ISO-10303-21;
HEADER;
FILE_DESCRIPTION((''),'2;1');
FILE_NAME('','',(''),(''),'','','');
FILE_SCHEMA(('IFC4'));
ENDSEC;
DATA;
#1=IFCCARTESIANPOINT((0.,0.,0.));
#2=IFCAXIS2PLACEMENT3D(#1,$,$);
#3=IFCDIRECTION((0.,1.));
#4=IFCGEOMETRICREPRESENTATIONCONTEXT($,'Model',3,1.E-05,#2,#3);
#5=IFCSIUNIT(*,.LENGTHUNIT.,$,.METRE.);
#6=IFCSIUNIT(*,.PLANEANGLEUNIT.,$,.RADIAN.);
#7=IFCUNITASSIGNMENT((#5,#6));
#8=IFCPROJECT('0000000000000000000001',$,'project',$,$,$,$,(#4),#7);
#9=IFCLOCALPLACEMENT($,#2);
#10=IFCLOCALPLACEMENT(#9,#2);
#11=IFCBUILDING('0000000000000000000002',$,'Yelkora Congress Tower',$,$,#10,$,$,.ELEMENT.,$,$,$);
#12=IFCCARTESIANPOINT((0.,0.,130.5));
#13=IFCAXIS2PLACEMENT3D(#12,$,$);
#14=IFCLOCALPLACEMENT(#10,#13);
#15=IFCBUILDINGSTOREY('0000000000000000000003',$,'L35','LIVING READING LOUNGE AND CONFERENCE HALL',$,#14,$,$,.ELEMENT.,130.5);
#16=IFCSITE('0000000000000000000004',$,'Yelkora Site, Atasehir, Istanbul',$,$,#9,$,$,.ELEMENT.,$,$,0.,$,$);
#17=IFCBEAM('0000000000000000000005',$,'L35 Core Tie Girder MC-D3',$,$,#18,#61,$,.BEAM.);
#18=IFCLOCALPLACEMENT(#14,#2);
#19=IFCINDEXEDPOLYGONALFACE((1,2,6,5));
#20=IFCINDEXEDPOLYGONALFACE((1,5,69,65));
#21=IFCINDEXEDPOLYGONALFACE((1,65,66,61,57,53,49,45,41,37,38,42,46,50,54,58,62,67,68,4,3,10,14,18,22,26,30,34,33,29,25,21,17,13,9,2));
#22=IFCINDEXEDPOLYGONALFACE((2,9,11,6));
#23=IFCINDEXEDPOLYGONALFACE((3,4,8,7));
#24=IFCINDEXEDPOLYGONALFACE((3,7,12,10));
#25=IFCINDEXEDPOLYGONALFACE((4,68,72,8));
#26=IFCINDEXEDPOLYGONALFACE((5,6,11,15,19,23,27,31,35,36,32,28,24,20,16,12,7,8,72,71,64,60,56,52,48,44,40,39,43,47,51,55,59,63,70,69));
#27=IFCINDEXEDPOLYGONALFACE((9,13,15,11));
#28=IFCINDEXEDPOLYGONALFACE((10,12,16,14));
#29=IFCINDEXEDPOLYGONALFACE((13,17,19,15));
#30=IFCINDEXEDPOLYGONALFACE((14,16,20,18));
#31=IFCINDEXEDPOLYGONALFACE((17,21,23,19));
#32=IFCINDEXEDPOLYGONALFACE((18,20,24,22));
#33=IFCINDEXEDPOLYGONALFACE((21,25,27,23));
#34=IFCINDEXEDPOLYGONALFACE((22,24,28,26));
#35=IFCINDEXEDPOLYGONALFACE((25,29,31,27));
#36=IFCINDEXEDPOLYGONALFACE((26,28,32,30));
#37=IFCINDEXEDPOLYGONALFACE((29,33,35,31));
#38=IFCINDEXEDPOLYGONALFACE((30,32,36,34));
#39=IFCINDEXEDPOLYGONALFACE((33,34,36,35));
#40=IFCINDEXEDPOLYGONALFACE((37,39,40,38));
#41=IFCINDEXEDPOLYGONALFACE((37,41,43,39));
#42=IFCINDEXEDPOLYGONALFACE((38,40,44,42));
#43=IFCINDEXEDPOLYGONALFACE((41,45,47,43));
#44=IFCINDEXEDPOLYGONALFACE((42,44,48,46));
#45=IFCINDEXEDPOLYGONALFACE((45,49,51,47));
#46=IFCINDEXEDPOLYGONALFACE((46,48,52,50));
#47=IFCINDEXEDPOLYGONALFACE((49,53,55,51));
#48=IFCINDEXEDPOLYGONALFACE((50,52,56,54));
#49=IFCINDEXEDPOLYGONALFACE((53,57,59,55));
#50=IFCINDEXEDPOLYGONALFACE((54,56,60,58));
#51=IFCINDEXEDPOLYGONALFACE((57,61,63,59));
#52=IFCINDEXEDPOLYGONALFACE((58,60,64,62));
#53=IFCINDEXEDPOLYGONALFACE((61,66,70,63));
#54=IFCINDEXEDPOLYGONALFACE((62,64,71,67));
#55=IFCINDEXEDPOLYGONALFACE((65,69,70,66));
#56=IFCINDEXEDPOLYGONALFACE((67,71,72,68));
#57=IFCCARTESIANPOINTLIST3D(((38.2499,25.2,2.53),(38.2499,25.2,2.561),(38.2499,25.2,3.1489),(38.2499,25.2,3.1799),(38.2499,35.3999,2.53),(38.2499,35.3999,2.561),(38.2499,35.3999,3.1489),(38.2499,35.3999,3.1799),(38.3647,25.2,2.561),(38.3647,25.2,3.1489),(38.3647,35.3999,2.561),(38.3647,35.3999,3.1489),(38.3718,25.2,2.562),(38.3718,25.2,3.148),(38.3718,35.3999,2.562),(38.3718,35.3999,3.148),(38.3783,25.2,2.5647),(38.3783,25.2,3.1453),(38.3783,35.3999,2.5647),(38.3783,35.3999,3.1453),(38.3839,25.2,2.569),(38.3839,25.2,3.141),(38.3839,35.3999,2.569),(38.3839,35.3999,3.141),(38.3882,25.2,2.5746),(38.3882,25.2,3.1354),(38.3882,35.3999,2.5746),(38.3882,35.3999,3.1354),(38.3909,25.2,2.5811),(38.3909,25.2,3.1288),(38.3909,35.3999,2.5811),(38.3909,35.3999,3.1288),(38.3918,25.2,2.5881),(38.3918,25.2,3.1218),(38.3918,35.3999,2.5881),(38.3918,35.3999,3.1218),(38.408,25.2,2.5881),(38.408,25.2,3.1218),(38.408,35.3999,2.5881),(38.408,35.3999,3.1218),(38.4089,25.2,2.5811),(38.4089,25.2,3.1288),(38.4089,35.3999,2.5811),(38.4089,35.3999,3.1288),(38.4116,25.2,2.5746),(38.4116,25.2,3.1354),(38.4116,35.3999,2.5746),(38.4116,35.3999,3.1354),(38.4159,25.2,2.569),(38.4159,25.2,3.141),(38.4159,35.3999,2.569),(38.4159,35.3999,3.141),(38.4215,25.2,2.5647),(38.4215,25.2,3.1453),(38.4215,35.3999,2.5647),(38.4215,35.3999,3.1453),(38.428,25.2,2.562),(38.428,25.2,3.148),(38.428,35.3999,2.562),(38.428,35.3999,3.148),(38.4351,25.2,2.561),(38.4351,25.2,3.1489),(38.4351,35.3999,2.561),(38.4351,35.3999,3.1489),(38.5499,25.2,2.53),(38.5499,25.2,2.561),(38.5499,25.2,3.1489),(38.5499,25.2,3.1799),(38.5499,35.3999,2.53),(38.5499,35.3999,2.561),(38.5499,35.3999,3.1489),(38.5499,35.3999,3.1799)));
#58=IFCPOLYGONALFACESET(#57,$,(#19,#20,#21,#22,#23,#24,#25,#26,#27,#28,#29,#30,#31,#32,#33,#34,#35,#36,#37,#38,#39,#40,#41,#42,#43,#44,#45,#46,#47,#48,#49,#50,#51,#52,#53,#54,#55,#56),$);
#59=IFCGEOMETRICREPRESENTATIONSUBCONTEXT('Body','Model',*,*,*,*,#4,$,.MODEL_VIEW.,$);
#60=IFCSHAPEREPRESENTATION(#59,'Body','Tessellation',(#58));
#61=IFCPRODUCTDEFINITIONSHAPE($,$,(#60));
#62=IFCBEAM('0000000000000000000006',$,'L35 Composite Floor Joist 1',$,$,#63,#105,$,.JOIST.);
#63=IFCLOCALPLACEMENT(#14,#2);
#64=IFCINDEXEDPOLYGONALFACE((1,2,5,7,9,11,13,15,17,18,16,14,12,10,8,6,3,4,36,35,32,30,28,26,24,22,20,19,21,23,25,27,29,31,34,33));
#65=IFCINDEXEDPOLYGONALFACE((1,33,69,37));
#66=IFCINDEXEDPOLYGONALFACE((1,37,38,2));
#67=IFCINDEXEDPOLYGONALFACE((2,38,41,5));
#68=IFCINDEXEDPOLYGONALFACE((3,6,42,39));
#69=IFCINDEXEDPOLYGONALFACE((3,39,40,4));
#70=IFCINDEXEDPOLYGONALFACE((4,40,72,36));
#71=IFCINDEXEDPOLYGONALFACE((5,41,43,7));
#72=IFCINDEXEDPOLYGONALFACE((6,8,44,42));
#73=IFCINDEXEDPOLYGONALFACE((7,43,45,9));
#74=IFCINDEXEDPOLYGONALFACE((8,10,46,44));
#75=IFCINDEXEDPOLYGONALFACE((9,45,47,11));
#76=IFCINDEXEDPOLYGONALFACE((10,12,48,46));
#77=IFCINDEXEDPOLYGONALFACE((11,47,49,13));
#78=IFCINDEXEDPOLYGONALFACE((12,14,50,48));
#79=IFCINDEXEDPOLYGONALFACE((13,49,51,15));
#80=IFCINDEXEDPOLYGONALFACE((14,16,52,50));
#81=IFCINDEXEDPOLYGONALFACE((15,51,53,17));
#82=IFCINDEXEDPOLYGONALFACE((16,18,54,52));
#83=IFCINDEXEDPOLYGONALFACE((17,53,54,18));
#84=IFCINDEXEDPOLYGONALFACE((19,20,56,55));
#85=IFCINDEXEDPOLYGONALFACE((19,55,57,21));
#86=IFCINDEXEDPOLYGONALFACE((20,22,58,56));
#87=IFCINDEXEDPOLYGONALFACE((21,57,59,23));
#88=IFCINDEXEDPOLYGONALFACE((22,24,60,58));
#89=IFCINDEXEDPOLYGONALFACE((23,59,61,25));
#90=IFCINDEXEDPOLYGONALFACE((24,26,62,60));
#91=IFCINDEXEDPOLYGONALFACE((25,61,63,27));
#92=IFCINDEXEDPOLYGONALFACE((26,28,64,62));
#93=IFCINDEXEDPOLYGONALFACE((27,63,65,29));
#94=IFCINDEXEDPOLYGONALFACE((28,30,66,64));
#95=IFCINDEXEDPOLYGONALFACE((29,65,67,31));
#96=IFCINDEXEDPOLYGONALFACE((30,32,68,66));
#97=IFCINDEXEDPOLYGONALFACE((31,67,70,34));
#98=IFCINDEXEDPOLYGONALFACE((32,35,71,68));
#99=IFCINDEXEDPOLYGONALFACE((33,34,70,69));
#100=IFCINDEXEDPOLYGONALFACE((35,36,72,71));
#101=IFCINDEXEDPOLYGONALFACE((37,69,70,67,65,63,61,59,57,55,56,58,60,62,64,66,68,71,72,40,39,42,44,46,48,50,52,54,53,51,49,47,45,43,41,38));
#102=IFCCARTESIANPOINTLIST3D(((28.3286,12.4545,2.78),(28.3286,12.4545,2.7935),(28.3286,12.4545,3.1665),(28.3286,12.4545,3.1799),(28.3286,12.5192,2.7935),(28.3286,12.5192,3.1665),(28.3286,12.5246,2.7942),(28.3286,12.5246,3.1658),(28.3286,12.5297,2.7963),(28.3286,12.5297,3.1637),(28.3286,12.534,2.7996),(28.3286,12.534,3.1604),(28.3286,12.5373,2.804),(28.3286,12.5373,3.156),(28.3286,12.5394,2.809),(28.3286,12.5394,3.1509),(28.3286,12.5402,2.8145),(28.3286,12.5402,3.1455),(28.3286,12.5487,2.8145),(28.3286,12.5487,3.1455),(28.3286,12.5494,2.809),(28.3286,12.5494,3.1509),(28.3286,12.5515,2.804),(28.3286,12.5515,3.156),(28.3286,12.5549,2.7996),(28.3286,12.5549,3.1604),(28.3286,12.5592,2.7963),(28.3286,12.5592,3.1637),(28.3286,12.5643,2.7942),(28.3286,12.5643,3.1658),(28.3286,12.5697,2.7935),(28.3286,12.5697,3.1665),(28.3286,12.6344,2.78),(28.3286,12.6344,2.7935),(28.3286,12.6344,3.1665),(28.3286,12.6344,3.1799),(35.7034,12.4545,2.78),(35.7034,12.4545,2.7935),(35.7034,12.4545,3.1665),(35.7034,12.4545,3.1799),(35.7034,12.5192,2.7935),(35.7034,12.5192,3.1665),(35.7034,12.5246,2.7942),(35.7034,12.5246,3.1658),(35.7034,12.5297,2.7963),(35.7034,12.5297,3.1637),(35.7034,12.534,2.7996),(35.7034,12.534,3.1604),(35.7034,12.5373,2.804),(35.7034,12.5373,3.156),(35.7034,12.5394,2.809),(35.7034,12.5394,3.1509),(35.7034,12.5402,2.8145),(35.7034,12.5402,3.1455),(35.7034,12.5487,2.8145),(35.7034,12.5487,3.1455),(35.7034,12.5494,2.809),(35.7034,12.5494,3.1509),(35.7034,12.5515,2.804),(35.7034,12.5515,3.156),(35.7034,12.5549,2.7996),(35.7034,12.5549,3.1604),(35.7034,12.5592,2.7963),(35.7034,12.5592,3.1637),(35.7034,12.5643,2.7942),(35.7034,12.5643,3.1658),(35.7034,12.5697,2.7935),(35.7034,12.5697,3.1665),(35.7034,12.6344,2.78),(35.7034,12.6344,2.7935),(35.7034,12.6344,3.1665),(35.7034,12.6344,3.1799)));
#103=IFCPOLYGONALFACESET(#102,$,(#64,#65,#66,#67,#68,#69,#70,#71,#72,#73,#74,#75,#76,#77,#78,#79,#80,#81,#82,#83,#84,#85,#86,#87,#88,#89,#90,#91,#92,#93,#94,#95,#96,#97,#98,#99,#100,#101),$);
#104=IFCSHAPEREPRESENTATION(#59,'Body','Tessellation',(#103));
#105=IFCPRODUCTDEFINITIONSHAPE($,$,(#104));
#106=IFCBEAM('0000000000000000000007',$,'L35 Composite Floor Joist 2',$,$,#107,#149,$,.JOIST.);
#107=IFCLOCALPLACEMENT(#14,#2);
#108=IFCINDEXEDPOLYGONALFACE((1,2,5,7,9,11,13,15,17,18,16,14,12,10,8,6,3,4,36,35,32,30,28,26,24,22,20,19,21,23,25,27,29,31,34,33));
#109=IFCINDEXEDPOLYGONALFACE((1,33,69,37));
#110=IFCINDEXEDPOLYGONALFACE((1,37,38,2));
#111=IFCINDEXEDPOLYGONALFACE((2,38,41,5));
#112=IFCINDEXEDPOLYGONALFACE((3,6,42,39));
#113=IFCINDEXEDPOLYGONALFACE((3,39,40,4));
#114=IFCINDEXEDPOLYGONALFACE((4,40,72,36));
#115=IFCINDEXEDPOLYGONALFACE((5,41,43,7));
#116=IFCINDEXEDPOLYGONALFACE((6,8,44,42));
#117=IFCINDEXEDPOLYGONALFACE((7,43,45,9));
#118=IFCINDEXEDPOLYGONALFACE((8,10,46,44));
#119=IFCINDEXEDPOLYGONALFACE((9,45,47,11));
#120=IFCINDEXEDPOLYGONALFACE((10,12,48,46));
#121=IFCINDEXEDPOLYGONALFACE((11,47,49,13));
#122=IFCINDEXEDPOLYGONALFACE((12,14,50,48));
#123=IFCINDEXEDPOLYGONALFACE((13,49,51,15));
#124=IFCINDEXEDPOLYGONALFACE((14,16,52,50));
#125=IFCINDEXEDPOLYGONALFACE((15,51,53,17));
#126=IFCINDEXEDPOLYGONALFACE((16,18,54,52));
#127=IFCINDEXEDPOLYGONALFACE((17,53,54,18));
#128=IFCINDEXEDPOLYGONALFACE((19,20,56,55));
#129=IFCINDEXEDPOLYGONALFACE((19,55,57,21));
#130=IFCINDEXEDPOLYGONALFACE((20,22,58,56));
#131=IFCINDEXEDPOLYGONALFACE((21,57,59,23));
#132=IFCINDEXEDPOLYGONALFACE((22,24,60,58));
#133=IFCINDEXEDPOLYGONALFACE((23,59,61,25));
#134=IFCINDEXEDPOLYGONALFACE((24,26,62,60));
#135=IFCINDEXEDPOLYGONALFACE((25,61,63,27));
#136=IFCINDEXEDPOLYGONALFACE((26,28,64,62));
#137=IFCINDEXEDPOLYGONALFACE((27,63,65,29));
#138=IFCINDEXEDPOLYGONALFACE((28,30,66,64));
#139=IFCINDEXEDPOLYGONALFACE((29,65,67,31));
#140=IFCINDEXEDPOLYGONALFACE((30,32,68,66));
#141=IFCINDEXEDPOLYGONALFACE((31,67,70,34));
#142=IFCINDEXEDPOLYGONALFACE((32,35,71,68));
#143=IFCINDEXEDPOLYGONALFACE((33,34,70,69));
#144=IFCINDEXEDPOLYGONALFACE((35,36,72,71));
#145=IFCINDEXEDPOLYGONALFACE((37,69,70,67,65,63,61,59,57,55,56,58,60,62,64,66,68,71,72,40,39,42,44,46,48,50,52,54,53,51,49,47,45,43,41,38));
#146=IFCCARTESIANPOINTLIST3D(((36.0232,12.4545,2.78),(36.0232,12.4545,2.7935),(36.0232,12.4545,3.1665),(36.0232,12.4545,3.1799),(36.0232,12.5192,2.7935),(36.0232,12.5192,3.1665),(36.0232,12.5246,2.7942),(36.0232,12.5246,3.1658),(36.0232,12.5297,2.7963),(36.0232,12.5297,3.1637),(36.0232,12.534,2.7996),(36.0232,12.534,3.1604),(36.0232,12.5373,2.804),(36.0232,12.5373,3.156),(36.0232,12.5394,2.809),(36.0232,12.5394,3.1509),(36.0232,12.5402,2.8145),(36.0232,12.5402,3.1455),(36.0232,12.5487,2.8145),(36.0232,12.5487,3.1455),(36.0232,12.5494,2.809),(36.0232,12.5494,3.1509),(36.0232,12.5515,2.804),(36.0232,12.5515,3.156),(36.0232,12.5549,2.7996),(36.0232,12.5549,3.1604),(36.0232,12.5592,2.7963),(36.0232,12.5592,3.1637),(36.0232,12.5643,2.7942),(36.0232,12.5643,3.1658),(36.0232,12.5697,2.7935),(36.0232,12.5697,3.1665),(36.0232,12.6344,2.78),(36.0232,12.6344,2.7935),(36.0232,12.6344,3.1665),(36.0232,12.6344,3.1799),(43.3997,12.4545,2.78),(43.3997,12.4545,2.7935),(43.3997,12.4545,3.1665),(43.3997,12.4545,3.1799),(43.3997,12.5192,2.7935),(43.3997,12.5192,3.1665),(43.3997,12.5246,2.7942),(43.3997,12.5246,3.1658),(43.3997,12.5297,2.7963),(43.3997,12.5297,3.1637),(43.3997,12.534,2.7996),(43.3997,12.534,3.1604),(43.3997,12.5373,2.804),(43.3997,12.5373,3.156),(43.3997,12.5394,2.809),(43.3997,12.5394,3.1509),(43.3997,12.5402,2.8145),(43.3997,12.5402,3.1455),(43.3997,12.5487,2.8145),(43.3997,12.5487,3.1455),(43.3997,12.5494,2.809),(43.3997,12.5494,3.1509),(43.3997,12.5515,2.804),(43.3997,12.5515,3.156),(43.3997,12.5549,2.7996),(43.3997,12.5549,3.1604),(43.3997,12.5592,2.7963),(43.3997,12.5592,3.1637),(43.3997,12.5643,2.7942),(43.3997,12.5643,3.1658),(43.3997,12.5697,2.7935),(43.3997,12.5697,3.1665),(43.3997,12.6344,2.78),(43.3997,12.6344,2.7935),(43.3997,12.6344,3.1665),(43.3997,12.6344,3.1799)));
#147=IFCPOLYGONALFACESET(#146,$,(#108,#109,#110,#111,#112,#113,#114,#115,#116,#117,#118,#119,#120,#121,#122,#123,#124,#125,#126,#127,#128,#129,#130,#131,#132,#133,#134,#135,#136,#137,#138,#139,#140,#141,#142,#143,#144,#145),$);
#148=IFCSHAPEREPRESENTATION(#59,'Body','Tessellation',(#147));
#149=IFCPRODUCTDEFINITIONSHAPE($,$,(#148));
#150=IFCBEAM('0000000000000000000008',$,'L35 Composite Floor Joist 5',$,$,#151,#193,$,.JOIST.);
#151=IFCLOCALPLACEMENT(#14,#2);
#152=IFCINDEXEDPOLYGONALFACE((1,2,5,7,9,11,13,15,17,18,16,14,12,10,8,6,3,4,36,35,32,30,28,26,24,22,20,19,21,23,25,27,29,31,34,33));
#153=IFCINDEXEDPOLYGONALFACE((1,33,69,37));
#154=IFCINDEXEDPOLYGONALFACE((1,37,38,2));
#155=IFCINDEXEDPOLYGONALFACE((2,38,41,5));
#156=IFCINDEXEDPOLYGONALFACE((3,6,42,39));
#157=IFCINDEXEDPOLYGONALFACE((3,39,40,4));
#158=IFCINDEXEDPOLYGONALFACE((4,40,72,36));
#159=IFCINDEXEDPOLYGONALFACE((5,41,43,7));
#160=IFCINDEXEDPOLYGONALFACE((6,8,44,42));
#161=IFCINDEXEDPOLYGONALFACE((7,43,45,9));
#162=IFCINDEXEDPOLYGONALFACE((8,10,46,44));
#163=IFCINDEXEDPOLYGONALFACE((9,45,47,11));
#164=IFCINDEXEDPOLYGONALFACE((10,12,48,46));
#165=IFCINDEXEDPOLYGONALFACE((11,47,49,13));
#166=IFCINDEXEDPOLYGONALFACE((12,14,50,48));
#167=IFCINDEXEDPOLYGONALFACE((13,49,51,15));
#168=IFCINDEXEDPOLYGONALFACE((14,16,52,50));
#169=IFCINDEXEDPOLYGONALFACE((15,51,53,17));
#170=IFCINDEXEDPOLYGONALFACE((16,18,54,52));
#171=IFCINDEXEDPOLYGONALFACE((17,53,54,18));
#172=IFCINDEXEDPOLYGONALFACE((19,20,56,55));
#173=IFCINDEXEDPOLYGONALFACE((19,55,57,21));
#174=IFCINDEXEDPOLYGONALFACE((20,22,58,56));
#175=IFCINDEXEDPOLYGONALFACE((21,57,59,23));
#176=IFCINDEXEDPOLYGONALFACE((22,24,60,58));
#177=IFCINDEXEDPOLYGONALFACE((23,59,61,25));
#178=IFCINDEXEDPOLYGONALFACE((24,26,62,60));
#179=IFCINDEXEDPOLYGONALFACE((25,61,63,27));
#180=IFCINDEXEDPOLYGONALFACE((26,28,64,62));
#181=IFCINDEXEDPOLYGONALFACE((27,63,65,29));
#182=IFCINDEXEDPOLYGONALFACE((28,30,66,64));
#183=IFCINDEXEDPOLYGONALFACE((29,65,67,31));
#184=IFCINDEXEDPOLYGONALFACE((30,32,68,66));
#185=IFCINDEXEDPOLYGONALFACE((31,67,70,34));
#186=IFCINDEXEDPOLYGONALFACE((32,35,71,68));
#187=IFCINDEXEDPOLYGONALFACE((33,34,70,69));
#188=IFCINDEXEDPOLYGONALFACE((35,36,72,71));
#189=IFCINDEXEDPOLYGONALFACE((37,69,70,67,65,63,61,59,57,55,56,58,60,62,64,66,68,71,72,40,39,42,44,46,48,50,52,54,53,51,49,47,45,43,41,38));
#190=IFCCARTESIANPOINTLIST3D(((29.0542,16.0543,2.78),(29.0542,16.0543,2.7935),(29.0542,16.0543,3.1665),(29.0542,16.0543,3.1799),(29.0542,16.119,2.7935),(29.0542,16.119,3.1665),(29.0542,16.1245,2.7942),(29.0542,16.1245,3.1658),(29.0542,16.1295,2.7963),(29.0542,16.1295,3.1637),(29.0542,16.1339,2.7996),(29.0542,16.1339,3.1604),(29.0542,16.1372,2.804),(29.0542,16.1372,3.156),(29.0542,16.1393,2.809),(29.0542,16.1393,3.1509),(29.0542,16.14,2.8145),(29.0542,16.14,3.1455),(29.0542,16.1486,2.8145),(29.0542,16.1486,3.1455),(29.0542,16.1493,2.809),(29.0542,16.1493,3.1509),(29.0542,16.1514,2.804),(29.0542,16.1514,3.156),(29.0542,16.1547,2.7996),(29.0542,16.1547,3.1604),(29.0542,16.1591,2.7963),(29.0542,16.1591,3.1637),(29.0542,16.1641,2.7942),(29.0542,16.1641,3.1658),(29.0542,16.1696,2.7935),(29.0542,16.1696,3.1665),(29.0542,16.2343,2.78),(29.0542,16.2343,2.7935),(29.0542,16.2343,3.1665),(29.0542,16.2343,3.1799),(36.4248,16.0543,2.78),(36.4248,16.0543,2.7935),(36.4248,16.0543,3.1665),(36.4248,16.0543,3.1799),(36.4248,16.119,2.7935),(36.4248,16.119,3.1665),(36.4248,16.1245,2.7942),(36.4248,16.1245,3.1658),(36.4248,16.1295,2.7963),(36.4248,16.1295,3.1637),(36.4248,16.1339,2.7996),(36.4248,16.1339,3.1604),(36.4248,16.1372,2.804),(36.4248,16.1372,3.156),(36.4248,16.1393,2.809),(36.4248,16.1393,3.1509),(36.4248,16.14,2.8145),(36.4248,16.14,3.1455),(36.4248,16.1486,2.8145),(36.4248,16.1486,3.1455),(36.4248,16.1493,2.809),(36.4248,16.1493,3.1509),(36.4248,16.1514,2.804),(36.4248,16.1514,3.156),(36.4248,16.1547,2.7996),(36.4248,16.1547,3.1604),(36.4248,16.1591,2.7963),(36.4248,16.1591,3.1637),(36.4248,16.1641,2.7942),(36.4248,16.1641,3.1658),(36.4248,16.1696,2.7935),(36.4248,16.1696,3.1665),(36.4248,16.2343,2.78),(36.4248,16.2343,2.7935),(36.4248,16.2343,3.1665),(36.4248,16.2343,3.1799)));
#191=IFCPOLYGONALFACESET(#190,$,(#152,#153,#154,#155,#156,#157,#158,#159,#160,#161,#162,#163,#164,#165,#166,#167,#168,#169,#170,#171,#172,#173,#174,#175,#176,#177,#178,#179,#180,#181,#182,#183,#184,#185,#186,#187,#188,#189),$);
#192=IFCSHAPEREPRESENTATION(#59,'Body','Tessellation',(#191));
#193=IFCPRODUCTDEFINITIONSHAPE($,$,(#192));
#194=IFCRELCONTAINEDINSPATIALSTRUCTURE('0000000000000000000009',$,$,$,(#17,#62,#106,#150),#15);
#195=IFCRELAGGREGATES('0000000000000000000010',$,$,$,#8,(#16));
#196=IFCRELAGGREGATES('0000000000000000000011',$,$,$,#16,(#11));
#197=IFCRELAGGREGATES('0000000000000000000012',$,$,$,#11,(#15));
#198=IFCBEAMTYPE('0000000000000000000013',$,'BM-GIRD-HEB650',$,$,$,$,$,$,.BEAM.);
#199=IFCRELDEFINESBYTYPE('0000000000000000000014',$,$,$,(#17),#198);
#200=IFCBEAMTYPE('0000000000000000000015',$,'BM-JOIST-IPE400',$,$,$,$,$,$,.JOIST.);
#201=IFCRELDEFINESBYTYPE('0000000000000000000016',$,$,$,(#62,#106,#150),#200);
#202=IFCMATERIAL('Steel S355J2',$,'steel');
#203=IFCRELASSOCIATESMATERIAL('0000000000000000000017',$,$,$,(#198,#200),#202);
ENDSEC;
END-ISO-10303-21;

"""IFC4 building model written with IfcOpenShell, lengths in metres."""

from ifc_helpers import new_model, si_unit, direction, frame, origin, origin_2d, place, context, subcontext, project, spatial, i_section, extrude, material, material_profile, profile_set, type_object, element, save


model = new_model("IFC4")

# Units and contexts
model_context = context("Model", 3, precision=1e-05, world=origin(), true_north=direction((0.0, 1.0)))
body_context = subcontext(model_context, "Body", "Model", "MODEL_VIEW")
ifc_project = project(units=[si_unit("LENGTHUNIT", "METRE"), si_unit("PLANEANGLEUNIT", "RADIAN")], contexts=[model_context])

# Site, building, storey
site_placement = place(None, origin())
site = spatial("IfcSite", under=ifc_project, at=site_placement, Name="Yelkora Site, Atasehir, Istanbul", CompositionType="ELEMENT", RefElevation=0.0)
building_placement = place(site_placement, origin())
building = spatial("IfcBuilding", under=site, at=building_placement, Name="Yelkora Congress Tower", CompositionType="ELEMENT")
storey_placement = place(building_placement, frame((0.0, 0.0, 130.5)))
storey = spatial("IfcBuildingStorey", under=building, at=storey_placement, Name="L35", Description="LIVING READING LOUNGE AND CONFERENCE HALL", CompositionType="ELEMENT", Elevation=130.5)

# Beams
ifc_material_1 = material(Name="Steel S355J2", Category="steel")
ifc_material_profile_1 = material_profile(ifc_material_1, i_section(OverallWidth=0.3, OverallDepth=0.6499, WebThickness=0.0161, FlangeThickness=0.031, FilletRadius=0.0271, at=origin_2d()), Name="HEB 650")
ifc_profile_set_1 = profile_set([ifc_material_profile_1], Name="Steel S355J2")
beam_type_1 = type_object("IfcBeamType", Name="BM-GIRD-HEB650", PredefinedType="BEAM", material=ifc_profile_set_1)
for number, where, z_axis, x_axis, name in (
    (1, (38.3999, 25.2, 2.855), (0.0, 1.0, 0.0), (-1.0, 0.0, 0.0), "L35 Core Tie Girder MC-D3"),
):
    element("IfcBeam", number, at=place(storey_placement, frame(where, z_axis=z_axis, x_axis=x_axis)), inside=storey, type_object=beam_type_1, Name=name, PredefinedType="BEAM", context=body_context, shape_type="SweptSolid", body=[
        extrude(i_section(OverallWidth=0.3, OverallDepth=0.6499, WebThickness=0.0161, FlangeThickness=0.031, FilletRadius=0.0271, at=origin_2d()), origin(), (0.0, 0.0, 1.0), 10.2),
    ])
ifc_material_profile_2 = material_profile(ifc_material_1, i_section(OverallWidth=0.1799, OverallDepth=0.3999, WebThickness=0.0085, FlangeThickness=0.0134, FilletRadius=0.021, at=origin_2d()), Name="IPE 400")
ifc_profile_set_2 = profile_set([ifc_material_profile_2], Name="Steel S355J2")
beam_type_2 = type_object("IfcBeamType", Name="BM-JOIST-IPE400", PredefinedType="JOIST", material=ifc_profile_set_2)
beam_1_placement = place(storey_placement, frame((28.3286, 12.5444, 2.98), z_axis=(1.0, 0.0, 0.0), x_axis=(0.0, 1.0, 0.0)))
element("IfcBeam", 2, at=beam_1_placement, inside=storey, type_object=beam_type_2, Name="L35 Composite Floor Joist 1", PredefinedType="JOIST", context=body_context, shape_type="SweptSolid", body=[
    extrude(i_section(OverallWidth=0.1799, OverallDepth=0.3999, WebThickness=0.0085, FlangeThickness=0.0134, FilletRadius=0.021, at=origin_2d()), origin(), (0.0, 0.0, 1.0), 7.3748),
])
beam_2_placement = place(storey_placement, frame((36.0232, 12.5444, 2.98), z_axis=(1.0, 0.0, 0.0), x_axis=(0.0, 1.0, 0.0)))
element("IfcBeam", 3, at=beam_2_placement, inside=storey, type_object=beam_type_2, Name="L35 Composite Floor Joist 2", PredefinedType="JOIST", context=body_context, shape_type="SweptSolid", body=[
    extrude(i_section(OverallWidth=0.1799, OverallDepth=0.3999, WebThickness=0.0085, FlangeThickness=0.0134, FilletRadius=0.021, at=origin_2d()), origin(), (0.0, 0.0, 1.0), 7.3765),
])
beam_3_placement = place(storey_placement, frame((29.0542, 16.1443, 2.98), z_axis=(1.0, 0.0, 0.0), x_axis=(0.0, 1.0, 0.0)))
element("IfcBeam", 4, at=beam_3_placement, inside=storey, type_object=beam_type_2, Name="L35 Composite Floor Joist 5", PredefinedType="JOIST", context=body_context, shape_type="SweptSolid", body=[
    extrude(i_section(OverallWidth=0.1799, OverallDepth=0.3999, WebThickness=0.0085, FlangeThickness=0.0134, FilletRadius=0.021, at=origin_2d()), origin(), (0.0, 0.0, 1.0), 7.3706),
])

save(model, "model.ifc")
